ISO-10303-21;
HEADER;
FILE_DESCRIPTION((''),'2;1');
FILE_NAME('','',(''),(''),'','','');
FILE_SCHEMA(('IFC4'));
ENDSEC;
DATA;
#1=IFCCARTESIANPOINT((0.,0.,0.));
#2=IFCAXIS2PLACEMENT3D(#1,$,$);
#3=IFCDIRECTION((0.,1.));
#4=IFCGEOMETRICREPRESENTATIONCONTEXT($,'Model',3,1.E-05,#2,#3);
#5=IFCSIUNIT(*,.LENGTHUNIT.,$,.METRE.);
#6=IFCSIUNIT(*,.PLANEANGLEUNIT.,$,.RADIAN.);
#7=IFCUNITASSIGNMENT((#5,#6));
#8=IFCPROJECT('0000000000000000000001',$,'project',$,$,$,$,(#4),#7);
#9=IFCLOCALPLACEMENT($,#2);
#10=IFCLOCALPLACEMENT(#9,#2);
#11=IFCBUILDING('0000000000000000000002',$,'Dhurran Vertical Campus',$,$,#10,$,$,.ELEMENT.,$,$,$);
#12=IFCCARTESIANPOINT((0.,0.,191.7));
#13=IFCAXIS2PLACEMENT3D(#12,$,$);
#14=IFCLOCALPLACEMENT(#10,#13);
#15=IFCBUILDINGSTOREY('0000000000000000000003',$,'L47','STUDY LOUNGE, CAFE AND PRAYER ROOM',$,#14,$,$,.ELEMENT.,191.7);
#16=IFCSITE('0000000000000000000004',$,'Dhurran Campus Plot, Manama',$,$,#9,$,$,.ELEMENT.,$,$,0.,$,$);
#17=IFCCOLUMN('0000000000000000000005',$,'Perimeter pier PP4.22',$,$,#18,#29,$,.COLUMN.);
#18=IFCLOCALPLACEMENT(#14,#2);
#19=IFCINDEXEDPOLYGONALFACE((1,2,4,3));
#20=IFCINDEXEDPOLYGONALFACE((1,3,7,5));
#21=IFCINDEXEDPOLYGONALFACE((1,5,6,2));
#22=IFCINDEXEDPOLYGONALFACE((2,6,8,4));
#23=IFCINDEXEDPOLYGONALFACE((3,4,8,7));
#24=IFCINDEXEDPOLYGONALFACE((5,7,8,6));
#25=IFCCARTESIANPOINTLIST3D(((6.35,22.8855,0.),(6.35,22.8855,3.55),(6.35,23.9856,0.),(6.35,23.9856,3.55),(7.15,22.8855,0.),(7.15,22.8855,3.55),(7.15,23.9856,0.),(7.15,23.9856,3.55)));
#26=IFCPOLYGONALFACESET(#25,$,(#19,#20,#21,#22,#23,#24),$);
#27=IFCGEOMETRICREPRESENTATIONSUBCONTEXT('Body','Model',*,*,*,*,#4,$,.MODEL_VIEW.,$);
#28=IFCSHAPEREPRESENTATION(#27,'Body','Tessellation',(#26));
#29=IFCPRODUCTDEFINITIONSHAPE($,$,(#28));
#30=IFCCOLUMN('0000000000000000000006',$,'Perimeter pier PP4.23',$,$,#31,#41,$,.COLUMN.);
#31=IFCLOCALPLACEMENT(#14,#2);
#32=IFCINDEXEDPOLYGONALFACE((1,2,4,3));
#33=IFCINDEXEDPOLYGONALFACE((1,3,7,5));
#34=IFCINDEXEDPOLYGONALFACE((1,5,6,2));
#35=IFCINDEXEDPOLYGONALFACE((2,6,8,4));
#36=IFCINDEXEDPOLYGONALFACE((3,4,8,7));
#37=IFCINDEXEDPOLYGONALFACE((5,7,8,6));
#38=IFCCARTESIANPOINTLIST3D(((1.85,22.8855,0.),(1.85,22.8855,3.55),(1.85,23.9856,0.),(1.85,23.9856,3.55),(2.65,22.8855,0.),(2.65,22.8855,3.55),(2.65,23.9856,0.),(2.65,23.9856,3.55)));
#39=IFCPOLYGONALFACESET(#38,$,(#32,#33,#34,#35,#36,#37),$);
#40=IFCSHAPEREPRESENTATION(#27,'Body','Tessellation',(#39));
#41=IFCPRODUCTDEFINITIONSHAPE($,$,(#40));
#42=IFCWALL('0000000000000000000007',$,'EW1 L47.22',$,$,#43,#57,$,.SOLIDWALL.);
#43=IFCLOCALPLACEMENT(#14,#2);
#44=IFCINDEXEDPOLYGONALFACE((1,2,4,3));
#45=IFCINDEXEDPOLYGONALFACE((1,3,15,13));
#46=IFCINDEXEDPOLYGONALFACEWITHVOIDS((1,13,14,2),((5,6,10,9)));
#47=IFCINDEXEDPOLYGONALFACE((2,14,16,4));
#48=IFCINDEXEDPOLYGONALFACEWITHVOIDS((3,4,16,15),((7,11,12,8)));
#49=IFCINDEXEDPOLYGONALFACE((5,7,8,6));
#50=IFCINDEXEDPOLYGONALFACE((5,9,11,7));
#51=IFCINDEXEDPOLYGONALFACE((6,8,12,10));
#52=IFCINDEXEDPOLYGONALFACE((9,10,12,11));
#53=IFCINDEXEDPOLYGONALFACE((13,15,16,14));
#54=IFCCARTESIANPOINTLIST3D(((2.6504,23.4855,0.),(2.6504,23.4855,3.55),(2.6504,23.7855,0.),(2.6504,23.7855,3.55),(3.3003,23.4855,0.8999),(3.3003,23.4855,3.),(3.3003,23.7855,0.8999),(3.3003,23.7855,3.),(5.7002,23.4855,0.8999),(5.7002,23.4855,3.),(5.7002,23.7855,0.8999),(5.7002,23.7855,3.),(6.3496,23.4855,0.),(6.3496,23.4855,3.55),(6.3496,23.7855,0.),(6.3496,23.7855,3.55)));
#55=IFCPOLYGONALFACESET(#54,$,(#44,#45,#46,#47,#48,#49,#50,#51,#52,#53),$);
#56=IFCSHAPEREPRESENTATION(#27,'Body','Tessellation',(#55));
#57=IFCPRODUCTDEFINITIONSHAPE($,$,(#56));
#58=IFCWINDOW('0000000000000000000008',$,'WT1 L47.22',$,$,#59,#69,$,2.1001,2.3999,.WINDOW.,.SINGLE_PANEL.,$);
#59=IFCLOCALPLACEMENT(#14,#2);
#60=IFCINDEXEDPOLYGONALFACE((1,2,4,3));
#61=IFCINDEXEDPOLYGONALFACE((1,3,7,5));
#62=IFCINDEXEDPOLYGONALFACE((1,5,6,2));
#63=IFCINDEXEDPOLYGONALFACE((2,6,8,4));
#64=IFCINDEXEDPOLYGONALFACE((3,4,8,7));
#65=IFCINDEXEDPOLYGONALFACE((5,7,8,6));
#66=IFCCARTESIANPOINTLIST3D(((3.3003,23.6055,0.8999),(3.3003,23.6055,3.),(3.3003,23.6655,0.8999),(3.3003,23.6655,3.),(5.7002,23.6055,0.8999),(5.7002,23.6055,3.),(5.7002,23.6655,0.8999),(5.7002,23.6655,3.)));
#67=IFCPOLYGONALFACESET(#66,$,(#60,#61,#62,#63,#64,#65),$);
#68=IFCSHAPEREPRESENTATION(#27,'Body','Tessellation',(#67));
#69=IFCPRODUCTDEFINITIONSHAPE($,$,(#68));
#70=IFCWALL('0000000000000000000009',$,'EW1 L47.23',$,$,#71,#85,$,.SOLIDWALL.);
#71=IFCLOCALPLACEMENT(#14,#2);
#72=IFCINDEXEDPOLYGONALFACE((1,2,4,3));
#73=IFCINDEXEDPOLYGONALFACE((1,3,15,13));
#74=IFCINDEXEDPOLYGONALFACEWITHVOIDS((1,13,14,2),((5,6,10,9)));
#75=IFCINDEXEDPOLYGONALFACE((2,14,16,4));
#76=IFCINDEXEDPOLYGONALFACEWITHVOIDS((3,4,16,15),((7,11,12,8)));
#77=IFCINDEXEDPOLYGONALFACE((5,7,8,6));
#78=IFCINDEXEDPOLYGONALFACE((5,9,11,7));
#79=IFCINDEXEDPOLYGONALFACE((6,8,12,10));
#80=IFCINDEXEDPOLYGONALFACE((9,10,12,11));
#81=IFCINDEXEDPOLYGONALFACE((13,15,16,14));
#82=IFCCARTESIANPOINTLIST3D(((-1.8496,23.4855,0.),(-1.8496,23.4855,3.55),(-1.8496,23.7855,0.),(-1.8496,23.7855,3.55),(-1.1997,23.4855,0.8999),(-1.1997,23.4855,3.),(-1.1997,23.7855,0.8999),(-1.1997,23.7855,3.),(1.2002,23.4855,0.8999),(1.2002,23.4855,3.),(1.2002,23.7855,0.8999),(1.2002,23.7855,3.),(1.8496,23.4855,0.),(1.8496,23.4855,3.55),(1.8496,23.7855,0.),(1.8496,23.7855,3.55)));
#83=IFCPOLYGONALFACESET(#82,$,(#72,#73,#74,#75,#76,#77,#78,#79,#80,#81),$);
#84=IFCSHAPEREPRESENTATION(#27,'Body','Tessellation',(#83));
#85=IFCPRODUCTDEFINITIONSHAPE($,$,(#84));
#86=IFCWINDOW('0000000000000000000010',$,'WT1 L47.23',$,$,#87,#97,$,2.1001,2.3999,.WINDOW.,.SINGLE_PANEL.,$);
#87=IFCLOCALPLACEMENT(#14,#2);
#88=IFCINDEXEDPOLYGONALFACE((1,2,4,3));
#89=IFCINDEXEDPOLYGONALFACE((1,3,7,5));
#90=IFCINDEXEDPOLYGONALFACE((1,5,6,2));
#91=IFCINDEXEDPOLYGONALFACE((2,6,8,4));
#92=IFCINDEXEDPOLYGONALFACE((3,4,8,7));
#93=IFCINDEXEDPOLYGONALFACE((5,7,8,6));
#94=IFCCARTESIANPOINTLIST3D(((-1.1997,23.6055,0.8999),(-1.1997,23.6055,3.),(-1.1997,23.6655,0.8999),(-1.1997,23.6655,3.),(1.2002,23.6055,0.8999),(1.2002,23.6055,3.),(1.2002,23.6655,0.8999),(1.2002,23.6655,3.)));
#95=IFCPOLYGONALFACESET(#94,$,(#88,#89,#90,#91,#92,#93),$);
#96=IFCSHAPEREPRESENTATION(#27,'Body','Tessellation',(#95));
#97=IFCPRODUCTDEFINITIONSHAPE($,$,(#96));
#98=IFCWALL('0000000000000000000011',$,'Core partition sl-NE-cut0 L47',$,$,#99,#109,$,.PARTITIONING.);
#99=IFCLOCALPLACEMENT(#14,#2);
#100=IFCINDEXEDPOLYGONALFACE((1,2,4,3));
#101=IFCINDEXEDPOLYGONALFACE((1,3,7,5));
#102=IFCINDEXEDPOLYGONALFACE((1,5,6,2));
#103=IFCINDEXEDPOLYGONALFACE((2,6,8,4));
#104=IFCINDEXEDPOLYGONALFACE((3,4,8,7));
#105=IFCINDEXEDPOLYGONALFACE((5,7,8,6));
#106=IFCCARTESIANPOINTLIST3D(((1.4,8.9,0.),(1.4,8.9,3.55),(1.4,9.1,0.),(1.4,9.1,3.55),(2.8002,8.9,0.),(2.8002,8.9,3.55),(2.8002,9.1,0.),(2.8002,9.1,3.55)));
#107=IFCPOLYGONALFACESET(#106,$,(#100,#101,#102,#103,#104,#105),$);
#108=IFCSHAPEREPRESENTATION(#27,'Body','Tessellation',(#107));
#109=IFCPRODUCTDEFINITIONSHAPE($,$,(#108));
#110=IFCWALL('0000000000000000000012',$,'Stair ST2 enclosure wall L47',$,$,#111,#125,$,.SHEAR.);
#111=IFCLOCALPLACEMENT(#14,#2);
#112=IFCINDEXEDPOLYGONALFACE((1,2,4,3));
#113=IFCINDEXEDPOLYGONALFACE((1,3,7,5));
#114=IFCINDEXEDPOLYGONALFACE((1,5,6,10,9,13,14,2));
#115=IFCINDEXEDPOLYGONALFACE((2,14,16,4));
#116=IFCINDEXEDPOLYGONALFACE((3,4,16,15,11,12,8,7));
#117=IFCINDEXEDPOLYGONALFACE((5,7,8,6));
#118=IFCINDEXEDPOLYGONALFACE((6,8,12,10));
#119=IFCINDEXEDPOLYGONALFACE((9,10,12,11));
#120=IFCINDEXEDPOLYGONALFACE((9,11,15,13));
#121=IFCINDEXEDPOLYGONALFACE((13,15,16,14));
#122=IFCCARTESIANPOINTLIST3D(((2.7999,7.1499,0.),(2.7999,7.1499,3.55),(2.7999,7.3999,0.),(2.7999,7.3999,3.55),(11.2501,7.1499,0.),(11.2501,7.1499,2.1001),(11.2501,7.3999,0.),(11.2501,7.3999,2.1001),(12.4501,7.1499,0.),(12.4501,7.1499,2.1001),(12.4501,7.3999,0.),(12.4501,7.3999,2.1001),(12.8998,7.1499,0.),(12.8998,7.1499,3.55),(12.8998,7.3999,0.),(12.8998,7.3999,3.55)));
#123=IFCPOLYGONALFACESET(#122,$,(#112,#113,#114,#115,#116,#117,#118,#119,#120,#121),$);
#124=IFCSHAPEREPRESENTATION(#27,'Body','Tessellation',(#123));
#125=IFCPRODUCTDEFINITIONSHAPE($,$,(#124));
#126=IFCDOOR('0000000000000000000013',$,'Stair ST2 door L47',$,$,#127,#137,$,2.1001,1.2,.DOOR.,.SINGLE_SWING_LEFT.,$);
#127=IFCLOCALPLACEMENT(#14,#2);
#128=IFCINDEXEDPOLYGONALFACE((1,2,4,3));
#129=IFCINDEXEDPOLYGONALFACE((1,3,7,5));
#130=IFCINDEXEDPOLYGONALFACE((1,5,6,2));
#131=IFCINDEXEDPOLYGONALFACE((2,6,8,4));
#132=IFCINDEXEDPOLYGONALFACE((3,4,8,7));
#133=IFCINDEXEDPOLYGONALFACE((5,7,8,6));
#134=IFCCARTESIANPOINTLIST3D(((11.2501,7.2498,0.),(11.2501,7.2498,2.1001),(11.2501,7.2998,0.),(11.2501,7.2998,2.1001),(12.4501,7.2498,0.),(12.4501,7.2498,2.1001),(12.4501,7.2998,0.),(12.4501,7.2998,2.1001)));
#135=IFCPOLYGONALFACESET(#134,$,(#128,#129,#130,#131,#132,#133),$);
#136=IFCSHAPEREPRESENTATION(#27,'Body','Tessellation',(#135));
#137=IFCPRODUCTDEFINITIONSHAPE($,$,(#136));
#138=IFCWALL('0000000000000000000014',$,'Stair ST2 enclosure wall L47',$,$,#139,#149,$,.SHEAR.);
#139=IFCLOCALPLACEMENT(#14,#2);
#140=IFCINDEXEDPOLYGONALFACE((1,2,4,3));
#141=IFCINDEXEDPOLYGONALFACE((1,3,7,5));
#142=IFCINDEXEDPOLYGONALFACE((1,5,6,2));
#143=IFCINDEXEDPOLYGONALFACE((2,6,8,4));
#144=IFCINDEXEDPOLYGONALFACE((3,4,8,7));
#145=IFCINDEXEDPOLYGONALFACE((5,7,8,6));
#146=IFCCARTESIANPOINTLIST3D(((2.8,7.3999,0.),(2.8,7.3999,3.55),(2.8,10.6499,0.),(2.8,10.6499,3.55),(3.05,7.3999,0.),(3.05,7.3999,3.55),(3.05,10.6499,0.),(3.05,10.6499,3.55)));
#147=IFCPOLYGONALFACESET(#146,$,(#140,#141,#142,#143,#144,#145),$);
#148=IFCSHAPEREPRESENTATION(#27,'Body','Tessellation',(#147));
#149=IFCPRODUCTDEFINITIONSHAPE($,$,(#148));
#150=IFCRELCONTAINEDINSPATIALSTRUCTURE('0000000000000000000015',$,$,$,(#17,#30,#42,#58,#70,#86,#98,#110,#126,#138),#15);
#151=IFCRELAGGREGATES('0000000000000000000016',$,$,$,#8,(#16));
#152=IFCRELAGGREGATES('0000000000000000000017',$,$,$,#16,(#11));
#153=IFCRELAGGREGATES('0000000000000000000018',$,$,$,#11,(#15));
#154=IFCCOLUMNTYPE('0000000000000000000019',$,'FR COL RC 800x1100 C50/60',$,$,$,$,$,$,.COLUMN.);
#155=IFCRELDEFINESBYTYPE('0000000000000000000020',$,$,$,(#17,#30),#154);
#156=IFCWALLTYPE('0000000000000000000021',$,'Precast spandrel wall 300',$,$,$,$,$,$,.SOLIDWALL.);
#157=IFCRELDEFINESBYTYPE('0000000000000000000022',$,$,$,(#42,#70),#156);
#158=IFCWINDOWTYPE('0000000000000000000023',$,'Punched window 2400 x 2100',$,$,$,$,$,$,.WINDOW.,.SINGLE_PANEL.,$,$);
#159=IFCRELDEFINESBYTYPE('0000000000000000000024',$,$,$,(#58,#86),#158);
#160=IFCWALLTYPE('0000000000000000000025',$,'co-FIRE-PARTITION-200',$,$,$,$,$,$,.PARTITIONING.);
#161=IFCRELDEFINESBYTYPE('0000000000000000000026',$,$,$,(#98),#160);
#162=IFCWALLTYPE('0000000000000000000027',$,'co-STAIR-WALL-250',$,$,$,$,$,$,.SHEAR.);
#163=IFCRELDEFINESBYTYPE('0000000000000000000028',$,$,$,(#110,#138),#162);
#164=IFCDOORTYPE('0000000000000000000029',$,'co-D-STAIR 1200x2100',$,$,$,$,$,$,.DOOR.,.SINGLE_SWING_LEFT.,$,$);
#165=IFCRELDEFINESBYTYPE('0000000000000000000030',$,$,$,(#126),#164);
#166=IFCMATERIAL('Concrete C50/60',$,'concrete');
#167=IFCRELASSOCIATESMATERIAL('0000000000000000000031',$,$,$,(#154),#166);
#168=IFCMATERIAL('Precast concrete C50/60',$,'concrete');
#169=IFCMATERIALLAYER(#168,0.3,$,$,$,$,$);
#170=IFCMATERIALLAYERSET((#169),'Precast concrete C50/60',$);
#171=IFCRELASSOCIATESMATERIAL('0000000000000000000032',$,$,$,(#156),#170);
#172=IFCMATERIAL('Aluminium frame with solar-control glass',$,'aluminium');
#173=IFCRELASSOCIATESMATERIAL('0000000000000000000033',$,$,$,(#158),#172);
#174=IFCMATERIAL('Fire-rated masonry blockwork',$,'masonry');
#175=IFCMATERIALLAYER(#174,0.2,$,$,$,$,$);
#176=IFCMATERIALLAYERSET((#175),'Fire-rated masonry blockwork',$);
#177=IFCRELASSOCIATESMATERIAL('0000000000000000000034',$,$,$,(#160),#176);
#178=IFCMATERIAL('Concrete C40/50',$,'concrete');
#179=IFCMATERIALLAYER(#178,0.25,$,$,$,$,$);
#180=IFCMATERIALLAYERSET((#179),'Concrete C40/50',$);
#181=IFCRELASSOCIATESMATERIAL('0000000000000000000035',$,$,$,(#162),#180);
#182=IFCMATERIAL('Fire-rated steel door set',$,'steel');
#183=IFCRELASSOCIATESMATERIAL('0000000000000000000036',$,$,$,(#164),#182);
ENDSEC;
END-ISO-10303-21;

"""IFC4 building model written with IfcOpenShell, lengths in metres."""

from ifc_helpers import new_model, si_unit, direction, frame, frame_2d, origin, origin_2d, place, context, subcontext, project, spatial, rectangle, extrude, material, layer, layer_set, material_profile, profile_set, type_object, element, fill, save


model = new_model("IFC4")

# Units and contexts
model_context = context("Model", 3, precision=1e-05, world=origin(), true_north=direction((0.0, 1.0)))
body_context = subcontext(model_context, "Body", "Model", "MODEL_VIEW")
ifc_project = project(units=[si_unit("LENGTHUNIT", "METRE"), si_unit("PLANEANGLEUNIT", "RADIAN")], contexts=[model_context])

# Site, building, storey
site_placement = place(None, origin())
site = spatial("IfcSite", under=ifc_project, at=site_placement, Name="Dhurran Campus Plot, Manama", CompositionType="ELEMENT", RefElevation=0.0)
building_placement = place(site_placement, origin())
building = spatial("IfcBuilding", under=site, at=building_placement, Name="Dhurran Vertical Campus", CompositionType="ELEMENT")
storey_placement = place(building_placement, frame((0.0, 0.0, 191.7)))
storey = spatial("IfcBuildingStorey", under=building, at=storey_placement, Name="L47", Description="STUDY LOUNGE, CAFE AND PRAYER ROOM", CompositionType="ELEMENT", Elevation=191.7)

# Columns
ifc_material_1 = material(Name="Concrete C50/60", Category="concrete")
ifc_material_profile = material_profile(ifc_material_1, rectangle(XDim=0.8, YDim=1.1001, at=origin_2d()), Name="RC 800x1100")
ifc_profile_set = profile_set([ifc_material_profile], Name="Concrete C50/60")
column_type = type_object("IfcColumnType", Name="FR COL RC 800x1100 C50/60", PredefinedType="COLUMN", material=ifc_profile_set)
for number, where, z_axis, x_axis, name in (
    (1, (6.75, 23.4355, 0.0), (0.0, 0.0, 1.0), (-1.0, 0.0, 0.0), "Perimeter pier PP4.22"),
    (2, (2.25, 23.4355, 0.0), (0.0, 0.0, 1.0), (-1.0, 0.0, 0.0), "Perimeter pier PP4.23"),
):
    element("IfcColumn", number, at=place(storey_placement, frame(where, z_axis=z_axis, x_axis=x_axis)), inside=storey, type_object=column_type, Name=name, PredefinedType="COLUMN", context=body_context, shape_type="SweptSolid", body=[
        extrude(rectangle(XDim=0.8, YDim=1.1001, at=origin_2d()), origin(), (0.0, 0.0, 1.0), 3.55),
    ])

# Walls, openings, windows
ifc_material_2 = material(Name="Precast concrete C50/60", Category="concrete")
ifc_layer_1 = layer(ifc_material_2, 0.3)
ifc_layer_set_1 = layer_set([ifc_layer_1], Name="Precast concrete C50/60")
wall_type_1 = type_object("IfcWallType", Name="Precast spandrel wall 300", PredefinedType="SOLIDWALL", material=ifc_layer_set_1)
wall_1_placement = place(storey_placement, frame((6.3496, 23.6355, 0.0), z_axis=(0.0, 0.0, 1.0), x_axis=(-1.0, 0.0, 0.0)))
wall_1 = element("IfcWall", 3, at=wall_1_placement, inside=storey, type_object=wall_type_1, Name="EW1 L47.22", PredefinedType="SOLIDWALL", context=body_context, shape_type="SweptSolid", body=[
    extrude(rectangle(XDim=3.6992, YDim=0.3, at=frame_2d((1.8496, 0.0))), origin(), (0.0, 0.0, 1.0), 3.55),
])
opening_1_placement = place(wall_1_placement, frame((0.6494, 0.0, 0.8999)))
opening_1 = element("IfcOpeningElement", 4, at=opening_1_placement, cuts=wall_1, PredefinedType="OPENING", context=body_context, shape_type="SweptSolid", body=[
    extrude(rectangle(XDim=2.3999, YDim=2.1001, at=frame_2d((1.2, 1.05))), frame((0.0, 0.1599, 0.0), z_axis=(0.0, -1.0, 0.0), x_axis=(1.0, 0.0, 0.0)), (0.0, 0.0, 1.0), 0.3201),
])
ifc_material_3 = material(Name="Aluminium frame with solar-control glass", Category="aluminium")
window_type = type_object("IfcWindowType", Name="Punched window 2400 x 2100", PartitioningType="SINGLE_PANEL", PredefinedType="WINDOW", material=ifc_material_3)
window_1_placement = place(opening_1_placement, origin())
window_1 = element("IfcWindow", 5, at=window_1_placement, inside=storey, type_object=window_type, Name="WT1 L47.22", OverallHeight=2.1001, OverallWidth=2.3999, PartitioningType="SINGLE_PANEL", PredefinedType="WINDOW", context=body_context, shape_type="SweptSolid", body=[
    extrude(rectangle(XDim=2.3999, YDim=2.1001, at=frame_2d((1.2, 1.05))), frame((0.0, 0.03, 0.0), z_axis=(0.0, -1.0, 0.0), x_axis=(1.0, 0.0, 0.0)), (0.0, 0.0, 1.0), 0.0601),
])
fill(opening_1, window_1)
wall_2_placement = place(storey_placement, frame((1.8496, 23.6355, 0.0), z_axis=(0.0, 0.0, 1.0), x_axis=(-1.0, 0.0, 0.0)))
wall_2 = element("IfcWall", 6, at=wall_2_placement, inside=storey, type_object=wall_type_1, Name="EW1 L47.23", PredefinedType="SOLIDWALL", context=body_context, shape_type="SweptSolid", body=[
    extrude(rectangle(XDim=3.6992, YDim=0.3, at=frame_2d((1.8496, 0.0))), origin(), (0.0, 0.0, 1.0), 3.55),
])
opening_2_placement = place(wall_2_placement, frame((0.6494, 0.0, 0.8999)))
opening_2 = element("IfcOpeningElement", 7, at=opening_2_placement, cuts=wall_2, PredefinedType="OPENING", context=body_context, shape_type="SweptSolid", body=[
    extrude(rectangle(XDim=2.3999, YDim=2.1001, at=frame_2d((1.2, 1.05))), frame((0.0, 0.1599, 0.0), z_axis=(0.0, -1.0, 0.0), x_axis=(1.0, 0.0, 0.0)), (0.0, 0.0, 1.0), 0.3201),
])
window_2_placement = place(opening_2_placement, origin())
window_2 = element("IfcWindow", 8, at=window_2_placement, inside=storey, type_object=window_type, Name="WT1 L47.23", OverallHeight=2.1001, OverallWidth=2.3999, PartitioningType="SINGLE_PANEL", PredefinedType="WINDOW", context=body_context, shape_type="SweptSolid", body=[
    extrude(rectangle(XDim=2.3999, YDim=2.1001, at=frame_2d((1.2, 1.05))), frame((0.0, 0.03, 0.0), z_axis=(0.0, -1.0, 0.0), x_axis=(1.0, 0.0, 0.0)), (0.0, 0.0, 1.0), 0.0601),
])
fill(opening_2, window_2)

# Wall
ifc_material_4 = material(Name="Fire-rated masonry blockwork", Category="masonry")
ifc_layer_2 = layer(ifc_material_4, 0.2)
ifc_layer_set_2 = layer_set([ifc_layer_2], Name="Fire-rated masonry blockwork")
wall_type_2 = type_object("IfcWallType", Name="co-FIRE-PARTITION-200", PredefinedType="PARTITIONING", material=ifc_layer_set_2)
wall_3_placement = place(storey_placement, frame((1.3999, 9.0, 0.0), z_axis=(0.0, 0.0, 1.0), x_axis=(1.0, 0.0, 0.0)))
element("IfcWall", 9, at=wall_3_placement, inside=storey, type_object=wall_type_2, Name="Core partition sl-NE-cut0 L47", PredefinedType="PARTITIONING", context=body_context, shape_type="SweptSolid", body=[
    extrude(rectangle(XDim=1.4001, YDim=0.2, at=frame_2d((0.7002, 0.0))), origin(), (0.0, 0.0, 1.0), 3.55),
])

# Wall, opening, door
ifc_material_5 = material(Name="Concrete C40/50", Category="concrete")
ifc_layer_3 = layer(ifc_material_5, 0.25)
ifc_layer_set_3 = layer_set([ifc_layer_3], Name="Concrete C40/50")
wall_type_3 = type_object("IfcWallType", Name="co-STAIR-WALL-250", PredefinedType="SHEAR", material=ifc_layer_set_3)
wall_4_placement = place(storey_placement, frame((2.8, 7.2749, 0.0), z_axis=(0.0, 0.0, 1.0), x_axis=(1.0, 0.0, 0.0)))
wall_4 = element("IfcWall", 10, at=wall_4_placement, inside=storey, type_object=wall_type_3, Name="Stair ST2 enclosure wall L47", PredefinedType="SHEAR", context=body_context, shape_type="SweptSolid", body=[
    extrude(rectangle(XDim=10.0999, YDim=0.25, at=frame_2d((5.0498, 0.0))), origin(), (0.0, 0.0, 1.0), 3.55),
])
opening_3_placement = place(wall_4_placement, frame((8.45, 0.0, 0.0)))
opening_3 = element("IfcOpeningElement", 11, at=opening_3_placement, cuts=wall_4, PredefinedType="OPENING", context=body_context, shape_type="SweptSolid", body=[
    extrude(rectangle(XDim=1.2, YDim=2.1001, at=frame_2d((0.6001, 1.05))), frame((0.0, 0.135, 0.0), z_axis=(0.0, -1.0, 0.0), x_axis=(1.0, 0.0, 0.0)), (0.0, 0.0, 1.0), 0.27),
])
ifc_material_6 = material(Name="Fire-rated steel door set", Category="steel")
door_type_1 = type_object("IfcDoorType", Name="co-D-STAIR 1200x2100", OperationType="SINGLE_SWING_LEFT", PredefinedType="DOOR", material=ifc_material_6)
door_1_placement = place(opening_3_placement, origin())
door_1 = element("IfcDoor", 12, at=door_1_placement, inside=storey, type_object=door_type_1, Name="Stair ST2 door L47", OperationType="SINGLE_SWING_LEFT", OverallHeight=2.1001, OverallWidth=1.2, PredefinedType="DOOR", context=body_context, shape_type="SweptSolid", body=[
    extrude(rectangle(XDim=1.2, YDim=2.1001, at=frame_2d((0.6001, 1.05))), frame((0.0, 0.0249, 0.0), z_axis=(0.0, -1.0, 0.0), x_axis=(1.0, 0.0, 0.0)), (0.0, 0.0, 1.0), 0.05),
])
fill(opening_3, door_1)

# Wall
wall_5_placement = place(storey_placement, frame((2.925, 7.3999, 0.0), z_axis=(0.0, 0.0, 1.0), x_axis=(0.0, 1.0, 0.0)))
element("IfcWall", 13, at=wall_5_placement, inside=storey, type_object=wall_type_3, Name="Stair ST2 enclosure wall L47", PredefinedType="SHEAR", context=body_context, shape_type="SweptSolid", body=[
    extrude(rectangle(XDim=3.25, YDim=0.25, at=frame_2d((1.625, 0.0))), origin(), (0.0, 0.0, 1.0), 3.55),
])

save(model, "model.ifc")
